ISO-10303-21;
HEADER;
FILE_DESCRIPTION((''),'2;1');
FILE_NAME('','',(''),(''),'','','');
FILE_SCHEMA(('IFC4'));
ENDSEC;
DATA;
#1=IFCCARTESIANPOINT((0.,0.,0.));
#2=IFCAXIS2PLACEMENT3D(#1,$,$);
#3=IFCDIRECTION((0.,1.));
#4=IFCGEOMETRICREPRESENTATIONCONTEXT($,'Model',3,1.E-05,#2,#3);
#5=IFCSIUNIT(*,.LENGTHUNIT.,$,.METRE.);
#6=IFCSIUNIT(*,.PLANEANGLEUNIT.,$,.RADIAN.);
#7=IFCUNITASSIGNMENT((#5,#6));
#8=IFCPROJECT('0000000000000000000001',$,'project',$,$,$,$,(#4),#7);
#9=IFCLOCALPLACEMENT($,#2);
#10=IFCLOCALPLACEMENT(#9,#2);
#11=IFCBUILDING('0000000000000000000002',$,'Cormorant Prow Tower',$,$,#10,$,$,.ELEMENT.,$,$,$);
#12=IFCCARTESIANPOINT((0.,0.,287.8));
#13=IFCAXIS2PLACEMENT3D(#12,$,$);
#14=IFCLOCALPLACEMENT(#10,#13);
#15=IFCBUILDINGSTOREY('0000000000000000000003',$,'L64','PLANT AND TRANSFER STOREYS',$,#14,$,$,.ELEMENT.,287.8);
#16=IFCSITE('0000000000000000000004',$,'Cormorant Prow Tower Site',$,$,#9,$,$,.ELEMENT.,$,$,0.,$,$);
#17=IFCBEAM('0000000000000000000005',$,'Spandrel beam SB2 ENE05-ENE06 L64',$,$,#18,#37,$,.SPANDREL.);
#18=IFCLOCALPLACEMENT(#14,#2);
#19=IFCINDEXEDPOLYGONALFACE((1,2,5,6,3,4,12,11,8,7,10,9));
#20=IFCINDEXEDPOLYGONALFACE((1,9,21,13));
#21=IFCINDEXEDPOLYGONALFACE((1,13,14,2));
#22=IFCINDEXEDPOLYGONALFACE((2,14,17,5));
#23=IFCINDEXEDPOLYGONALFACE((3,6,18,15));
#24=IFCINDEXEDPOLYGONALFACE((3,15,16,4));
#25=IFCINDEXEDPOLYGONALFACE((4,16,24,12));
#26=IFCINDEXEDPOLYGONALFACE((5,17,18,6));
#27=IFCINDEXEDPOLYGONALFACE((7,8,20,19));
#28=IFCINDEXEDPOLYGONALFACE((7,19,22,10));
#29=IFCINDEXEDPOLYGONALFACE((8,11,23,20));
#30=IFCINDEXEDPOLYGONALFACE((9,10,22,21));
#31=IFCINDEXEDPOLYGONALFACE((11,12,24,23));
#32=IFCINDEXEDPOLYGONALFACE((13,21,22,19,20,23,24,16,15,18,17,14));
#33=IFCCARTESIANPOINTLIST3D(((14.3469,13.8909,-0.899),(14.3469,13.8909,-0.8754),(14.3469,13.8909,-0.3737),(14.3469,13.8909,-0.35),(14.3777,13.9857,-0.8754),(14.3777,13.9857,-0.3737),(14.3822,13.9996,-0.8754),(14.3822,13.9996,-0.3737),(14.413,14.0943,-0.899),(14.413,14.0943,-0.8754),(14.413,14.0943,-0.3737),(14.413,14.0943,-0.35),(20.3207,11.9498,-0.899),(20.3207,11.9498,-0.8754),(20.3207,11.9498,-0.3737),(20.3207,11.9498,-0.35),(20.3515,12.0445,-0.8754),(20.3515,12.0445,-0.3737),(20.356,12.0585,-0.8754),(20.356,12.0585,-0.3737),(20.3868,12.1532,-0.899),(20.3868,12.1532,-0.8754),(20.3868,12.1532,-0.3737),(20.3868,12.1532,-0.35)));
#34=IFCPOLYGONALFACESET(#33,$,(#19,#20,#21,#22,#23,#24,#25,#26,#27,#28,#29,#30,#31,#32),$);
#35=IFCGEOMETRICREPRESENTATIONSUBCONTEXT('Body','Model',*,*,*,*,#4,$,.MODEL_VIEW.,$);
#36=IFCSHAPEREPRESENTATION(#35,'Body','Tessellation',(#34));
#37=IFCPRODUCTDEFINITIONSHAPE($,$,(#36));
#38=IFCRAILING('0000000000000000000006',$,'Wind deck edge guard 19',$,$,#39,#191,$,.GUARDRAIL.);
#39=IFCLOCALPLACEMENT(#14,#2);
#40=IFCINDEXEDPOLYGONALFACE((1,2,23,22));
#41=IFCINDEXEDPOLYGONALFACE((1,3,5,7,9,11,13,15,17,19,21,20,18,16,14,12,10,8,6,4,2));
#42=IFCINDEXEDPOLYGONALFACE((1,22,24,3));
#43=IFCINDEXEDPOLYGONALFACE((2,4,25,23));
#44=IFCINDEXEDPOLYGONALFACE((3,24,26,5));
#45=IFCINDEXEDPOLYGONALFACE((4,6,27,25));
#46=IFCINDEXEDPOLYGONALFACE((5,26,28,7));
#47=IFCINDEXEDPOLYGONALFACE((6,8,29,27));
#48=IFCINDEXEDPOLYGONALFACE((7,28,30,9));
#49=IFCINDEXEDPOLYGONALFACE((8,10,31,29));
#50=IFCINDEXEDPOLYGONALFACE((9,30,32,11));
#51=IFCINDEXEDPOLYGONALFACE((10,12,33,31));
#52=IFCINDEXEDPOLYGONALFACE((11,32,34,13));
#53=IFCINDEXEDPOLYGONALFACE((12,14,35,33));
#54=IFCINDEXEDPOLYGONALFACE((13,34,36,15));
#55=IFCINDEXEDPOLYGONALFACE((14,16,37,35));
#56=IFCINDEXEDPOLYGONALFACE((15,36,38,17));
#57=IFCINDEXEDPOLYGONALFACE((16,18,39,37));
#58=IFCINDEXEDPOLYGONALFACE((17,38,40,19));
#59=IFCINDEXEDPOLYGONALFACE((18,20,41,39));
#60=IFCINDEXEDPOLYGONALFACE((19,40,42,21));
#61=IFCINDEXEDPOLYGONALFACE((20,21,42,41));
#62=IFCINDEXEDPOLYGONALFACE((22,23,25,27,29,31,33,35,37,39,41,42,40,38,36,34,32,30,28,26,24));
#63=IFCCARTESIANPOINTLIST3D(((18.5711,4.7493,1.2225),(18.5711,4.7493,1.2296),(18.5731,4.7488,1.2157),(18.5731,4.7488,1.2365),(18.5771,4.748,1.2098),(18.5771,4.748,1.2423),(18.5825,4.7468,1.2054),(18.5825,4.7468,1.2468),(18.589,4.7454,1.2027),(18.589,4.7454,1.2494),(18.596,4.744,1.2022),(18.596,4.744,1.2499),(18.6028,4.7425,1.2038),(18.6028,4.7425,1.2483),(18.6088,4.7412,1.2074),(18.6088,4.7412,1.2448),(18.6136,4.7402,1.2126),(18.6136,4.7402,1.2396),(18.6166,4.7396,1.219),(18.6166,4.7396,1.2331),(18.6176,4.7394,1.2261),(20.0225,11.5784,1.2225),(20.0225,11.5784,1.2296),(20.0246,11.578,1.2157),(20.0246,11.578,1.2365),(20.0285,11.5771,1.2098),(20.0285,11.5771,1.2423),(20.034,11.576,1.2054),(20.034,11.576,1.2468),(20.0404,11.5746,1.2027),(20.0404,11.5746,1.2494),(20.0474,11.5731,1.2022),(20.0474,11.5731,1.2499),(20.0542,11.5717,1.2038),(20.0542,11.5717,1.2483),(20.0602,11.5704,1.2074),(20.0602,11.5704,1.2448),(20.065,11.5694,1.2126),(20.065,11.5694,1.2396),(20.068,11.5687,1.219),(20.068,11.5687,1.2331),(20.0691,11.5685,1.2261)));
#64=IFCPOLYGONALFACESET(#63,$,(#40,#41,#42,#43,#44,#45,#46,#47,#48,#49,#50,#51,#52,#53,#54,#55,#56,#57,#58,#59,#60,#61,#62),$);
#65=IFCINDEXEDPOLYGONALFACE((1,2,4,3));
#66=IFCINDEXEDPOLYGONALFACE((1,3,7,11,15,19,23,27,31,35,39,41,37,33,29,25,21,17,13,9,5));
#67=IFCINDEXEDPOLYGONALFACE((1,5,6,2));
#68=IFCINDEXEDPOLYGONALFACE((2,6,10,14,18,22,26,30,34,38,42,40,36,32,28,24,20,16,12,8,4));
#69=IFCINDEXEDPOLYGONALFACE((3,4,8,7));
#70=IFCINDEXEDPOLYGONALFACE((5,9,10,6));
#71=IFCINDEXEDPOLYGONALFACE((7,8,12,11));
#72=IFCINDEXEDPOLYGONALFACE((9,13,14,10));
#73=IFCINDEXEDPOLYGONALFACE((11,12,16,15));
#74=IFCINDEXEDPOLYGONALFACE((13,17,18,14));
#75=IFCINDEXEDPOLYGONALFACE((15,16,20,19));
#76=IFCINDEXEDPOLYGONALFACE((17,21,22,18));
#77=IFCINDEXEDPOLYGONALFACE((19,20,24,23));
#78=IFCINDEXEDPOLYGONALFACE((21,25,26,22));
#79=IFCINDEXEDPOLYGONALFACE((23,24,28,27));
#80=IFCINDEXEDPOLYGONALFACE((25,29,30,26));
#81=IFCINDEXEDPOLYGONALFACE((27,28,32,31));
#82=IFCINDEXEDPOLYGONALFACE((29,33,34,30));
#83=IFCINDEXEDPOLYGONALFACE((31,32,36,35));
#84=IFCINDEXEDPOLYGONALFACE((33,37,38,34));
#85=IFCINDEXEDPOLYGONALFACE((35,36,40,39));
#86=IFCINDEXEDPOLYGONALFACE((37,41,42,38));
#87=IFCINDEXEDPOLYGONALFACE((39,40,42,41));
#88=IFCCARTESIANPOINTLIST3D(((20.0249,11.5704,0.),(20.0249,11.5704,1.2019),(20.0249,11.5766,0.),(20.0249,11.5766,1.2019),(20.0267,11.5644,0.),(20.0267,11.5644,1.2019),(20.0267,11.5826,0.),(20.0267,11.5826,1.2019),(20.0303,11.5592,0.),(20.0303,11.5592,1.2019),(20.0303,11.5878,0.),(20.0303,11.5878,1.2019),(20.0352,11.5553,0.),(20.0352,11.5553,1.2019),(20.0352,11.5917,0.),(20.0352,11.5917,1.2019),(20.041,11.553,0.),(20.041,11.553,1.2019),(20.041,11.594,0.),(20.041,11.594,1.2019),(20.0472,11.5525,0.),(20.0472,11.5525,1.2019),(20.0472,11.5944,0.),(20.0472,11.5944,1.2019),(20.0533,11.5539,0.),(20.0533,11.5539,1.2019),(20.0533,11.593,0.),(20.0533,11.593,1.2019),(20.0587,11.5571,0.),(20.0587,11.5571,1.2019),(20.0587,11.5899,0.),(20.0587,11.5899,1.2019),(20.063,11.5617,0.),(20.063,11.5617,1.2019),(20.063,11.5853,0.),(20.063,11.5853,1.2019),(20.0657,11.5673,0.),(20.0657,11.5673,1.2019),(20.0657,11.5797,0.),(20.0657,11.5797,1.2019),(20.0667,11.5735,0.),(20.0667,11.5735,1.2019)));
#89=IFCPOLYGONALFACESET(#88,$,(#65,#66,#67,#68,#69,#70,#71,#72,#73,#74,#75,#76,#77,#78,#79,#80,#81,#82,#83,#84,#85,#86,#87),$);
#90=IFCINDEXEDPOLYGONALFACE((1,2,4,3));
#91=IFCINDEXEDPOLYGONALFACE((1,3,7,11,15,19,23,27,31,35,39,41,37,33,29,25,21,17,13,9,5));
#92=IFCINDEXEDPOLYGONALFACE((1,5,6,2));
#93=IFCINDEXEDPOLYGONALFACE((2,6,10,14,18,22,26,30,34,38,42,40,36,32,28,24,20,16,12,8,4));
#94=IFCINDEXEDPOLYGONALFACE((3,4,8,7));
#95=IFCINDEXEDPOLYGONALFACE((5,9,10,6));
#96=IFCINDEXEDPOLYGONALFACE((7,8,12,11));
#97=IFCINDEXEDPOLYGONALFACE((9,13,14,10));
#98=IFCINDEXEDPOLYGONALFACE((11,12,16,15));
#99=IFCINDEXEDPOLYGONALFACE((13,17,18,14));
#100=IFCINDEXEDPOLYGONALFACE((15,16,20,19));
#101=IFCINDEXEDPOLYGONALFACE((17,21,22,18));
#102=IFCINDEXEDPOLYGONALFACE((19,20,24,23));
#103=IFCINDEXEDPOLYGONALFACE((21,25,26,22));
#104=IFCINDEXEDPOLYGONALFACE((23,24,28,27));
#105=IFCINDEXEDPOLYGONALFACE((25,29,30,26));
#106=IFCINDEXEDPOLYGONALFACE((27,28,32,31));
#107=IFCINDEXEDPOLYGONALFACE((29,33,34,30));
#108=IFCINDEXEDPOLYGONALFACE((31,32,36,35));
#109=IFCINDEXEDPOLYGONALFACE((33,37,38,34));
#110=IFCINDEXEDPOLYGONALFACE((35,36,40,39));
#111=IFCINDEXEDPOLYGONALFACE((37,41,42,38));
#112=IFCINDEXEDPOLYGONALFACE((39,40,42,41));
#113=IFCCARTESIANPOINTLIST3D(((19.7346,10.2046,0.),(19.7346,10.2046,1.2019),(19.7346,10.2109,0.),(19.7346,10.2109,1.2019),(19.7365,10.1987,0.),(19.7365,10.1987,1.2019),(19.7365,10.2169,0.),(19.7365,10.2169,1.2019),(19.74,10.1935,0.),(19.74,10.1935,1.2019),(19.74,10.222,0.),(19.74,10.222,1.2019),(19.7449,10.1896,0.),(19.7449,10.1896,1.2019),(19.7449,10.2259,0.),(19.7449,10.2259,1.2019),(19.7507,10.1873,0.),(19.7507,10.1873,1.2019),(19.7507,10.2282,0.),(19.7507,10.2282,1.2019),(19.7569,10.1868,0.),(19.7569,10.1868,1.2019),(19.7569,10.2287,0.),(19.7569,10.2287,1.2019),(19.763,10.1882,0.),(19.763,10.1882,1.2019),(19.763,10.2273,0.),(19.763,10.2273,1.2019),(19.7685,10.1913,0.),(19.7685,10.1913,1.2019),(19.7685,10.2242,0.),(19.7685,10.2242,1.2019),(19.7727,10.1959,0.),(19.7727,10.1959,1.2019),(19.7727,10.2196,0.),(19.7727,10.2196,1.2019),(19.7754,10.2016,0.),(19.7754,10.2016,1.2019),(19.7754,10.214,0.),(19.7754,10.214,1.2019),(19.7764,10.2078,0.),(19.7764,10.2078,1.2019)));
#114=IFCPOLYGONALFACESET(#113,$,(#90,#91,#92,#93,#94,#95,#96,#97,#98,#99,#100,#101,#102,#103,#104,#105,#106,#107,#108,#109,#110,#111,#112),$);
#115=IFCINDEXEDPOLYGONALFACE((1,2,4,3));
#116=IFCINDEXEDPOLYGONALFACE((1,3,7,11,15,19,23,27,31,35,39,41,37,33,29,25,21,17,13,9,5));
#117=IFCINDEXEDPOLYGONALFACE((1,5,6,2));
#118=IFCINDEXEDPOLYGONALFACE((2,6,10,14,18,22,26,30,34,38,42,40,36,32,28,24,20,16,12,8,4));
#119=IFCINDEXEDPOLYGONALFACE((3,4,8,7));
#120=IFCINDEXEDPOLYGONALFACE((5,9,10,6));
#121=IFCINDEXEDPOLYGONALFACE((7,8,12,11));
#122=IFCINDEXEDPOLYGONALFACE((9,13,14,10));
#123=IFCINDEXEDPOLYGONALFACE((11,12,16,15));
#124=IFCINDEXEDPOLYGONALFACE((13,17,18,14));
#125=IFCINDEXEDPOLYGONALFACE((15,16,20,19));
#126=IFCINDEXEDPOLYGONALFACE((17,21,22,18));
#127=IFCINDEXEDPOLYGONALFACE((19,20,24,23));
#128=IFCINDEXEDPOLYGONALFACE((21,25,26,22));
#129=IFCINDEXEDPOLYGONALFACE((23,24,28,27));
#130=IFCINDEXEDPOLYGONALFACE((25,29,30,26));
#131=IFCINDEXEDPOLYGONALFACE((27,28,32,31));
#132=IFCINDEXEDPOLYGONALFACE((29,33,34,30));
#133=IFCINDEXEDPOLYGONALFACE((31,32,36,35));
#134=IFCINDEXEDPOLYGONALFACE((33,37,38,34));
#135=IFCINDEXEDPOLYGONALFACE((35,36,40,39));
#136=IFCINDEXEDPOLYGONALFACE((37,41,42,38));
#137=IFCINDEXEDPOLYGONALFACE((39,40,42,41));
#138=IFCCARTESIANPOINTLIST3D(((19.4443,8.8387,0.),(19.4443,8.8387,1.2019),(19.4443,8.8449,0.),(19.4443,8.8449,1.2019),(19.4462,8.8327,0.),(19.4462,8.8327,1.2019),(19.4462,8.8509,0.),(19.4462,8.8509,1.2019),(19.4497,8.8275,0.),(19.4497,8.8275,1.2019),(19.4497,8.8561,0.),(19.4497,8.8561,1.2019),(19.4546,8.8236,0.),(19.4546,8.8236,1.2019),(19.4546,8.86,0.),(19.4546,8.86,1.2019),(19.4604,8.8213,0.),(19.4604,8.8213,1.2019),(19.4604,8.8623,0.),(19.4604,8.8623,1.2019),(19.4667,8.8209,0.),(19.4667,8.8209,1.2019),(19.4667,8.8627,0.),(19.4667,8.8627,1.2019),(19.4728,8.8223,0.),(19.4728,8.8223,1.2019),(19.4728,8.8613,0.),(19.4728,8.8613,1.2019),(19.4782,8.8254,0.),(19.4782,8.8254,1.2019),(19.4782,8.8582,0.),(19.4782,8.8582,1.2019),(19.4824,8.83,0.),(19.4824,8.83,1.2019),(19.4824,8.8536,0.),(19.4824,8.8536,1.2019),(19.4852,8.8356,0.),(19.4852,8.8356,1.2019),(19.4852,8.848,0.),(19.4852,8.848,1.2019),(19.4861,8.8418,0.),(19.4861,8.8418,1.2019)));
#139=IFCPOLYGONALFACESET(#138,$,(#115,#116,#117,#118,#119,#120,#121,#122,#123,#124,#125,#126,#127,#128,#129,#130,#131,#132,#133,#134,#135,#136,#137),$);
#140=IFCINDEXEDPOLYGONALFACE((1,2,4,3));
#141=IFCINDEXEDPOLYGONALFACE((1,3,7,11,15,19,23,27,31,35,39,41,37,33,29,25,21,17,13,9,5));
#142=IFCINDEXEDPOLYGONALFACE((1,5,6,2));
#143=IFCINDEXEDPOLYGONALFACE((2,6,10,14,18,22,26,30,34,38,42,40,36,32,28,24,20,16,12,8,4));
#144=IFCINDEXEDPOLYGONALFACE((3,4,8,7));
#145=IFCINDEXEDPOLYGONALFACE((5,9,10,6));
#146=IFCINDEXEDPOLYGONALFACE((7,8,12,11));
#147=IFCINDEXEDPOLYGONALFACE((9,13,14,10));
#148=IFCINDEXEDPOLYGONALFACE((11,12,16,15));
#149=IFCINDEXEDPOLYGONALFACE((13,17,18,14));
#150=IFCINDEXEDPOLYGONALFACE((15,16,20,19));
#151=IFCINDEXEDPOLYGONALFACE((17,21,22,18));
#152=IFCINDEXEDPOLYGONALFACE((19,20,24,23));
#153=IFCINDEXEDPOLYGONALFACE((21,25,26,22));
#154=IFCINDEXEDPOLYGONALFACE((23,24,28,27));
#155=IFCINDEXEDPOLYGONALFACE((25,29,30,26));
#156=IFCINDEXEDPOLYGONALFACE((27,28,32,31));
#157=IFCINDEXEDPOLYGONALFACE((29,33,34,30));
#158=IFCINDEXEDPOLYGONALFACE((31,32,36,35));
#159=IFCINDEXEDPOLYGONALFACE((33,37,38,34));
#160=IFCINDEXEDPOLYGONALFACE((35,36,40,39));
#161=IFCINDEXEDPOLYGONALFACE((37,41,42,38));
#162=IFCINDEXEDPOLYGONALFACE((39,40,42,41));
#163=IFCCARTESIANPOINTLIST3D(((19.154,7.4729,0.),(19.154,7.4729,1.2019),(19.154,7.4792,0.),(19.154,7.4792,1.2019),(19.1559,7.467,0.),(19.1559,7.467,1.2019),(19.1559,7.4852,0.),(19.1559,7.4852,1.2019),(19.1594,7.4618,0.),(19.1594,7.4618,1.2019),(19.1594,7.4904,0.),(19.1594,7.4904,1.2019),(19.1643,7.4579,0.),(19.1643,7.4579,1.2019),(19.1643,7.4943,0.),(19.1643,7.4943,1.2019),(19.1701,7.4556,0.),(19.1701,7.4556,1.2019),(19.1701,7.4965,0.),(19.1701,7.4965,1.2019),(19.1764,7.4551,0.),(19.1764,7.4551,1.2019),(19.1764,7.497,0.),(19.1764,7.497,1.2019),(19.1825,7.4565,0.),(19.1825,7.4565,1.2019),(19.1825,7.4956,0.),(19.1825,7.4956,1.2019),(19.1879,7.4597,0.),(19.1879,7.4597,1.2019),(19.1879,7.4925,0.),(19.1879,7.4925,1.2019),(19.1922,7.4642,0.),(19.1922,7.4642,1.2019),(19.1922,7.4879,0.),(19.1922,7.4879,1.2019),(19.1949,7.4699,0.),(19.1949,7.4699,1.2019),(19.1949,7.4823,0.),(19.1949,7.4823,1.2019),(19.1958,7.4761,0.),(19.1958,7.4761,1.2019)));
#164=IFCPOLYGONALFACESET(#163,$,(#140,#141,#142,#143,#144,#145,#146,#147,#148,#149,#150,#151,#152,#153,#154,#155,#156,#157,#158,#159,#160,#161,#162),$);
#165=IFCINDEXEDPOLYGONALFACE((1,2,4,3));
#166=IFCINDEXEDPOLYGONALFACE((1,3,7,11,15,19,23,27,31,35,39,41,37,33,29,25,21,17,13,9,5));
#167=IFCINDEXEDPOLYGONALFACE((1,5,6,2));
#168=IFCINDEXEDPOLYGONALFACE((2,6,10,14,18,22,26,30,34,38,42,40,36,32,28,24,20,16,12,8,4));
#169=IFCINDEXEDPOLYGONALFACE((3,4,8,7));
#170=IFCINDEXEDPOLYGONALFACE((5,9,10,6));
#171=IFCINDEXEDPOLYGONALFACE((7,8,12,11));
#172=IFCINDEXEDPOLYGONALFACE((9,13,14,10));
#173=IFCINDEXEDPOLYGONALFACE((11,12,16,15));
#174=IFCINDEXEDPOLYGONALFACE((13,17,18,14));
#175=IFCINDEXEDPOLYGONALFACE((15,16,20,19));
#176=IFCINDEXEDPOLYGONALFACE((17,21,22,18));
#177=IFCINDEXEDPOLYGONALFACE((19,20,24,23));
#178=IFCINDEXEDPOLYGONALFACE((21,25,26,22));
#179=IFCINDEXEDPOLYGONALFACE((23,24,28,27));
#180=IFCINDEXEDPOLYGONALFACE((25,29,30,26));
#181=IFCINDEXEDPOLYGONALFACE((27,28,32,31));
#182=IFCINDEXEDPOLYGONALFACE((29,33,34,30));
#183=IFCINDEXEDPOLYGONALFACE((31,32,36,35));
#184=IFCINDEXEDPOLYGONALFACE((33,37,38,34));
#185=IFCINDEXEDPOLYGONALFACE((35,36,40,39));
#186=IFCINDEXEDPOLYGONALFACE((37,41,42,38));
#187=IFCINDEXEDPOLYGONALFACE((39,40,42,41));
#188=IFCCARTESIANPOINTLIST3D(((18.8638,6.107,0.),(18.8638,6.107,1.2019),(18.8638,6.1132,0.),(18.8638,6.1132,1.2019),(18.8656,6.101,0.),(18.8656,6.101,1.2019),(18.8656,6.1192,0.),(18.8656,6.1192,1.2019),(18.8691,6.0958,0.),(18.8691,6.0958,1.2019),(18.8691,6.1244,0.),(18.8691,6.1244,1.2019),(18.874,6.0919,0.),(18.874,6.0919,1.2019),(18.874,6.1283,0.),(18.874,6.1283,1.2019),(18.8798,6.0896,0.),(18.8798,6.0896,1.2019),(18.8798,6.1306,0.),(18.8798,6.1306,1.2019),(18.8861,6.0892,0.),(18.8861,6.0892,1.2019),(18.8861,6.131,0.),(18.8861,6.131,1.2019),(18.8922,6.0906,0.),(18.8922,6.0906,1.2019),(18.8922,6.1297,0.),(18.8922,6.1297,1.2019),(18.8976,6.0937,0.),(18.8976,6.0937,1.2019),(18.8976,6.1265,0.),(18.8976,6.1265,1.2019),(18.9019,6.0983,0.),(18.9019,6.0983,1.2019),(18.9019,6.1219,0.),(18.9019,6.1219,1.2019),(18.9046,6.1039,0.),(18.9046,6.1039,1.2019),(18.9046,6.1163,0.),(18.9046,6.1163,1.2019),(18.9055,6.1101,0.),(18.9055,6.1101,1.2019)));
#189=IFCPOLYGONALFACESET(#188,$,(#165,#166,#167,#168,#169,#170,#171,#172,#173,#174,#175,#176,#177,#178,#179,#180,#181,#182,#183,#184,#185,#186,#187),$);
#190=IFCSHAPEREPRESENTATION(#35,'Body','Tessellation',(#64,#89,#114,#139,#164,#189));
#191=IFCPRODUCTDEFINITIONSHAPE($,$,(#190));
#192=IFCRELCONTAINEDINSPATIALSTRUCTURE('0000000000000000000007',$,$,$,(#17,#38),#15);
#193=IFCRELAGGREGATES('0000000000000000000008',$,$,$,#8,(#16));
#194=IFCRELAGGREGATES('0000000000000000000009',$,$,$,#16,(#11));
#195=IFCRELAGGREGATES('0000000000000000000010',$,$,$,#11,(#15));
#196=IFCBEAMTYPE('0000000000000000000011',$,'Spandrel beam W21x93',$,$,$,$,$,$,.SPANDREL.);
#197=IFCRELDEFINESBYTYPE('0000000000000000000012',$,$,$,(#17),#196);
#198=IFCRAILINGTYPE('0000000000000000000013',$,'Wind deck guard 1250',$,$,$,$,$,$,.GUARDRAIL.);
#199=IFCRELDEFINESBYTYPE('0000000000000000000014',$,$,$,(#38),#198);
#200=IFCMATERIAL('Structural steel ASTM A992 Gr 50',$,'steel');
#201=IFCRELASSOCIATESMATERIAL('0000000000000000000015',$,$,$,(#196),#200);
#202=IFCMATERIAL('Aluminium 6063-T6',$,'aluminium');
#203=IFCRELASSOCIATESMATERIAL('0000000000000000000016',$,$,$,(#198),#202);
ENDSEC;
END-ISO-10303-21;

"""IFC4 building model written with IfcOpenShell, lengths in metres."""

from ifc_helpers import new_model, si_unit, direction, frame, origin, origin_2d, place, context, subcontext, project, spatial, circle, i_section, extrude, material, material_profile, profile_set, type_object, element, save


model = new_model("IFC4")

# Units and contexts
model_context = context("Model", 3, precision=1e-05, world=origin(), true_north=direction((0.0, 1.0)))
body_context = subcontext(model_context, "Body", "Model", "MODEL_VIEW")
ifc_project = project(units=[si_unit("LENGTHUNIT", "METRE"), si_unit("PLANEANGLEUNIT", "RADIAN")], contexts=[model_context])

# Site, building, storey
site_placement = place(None, origin())
site = spatial("IfcSite", under=ifc_project, at=site_placement, Name="Cormorant Prow Tower Site", CompositionType="ELEMENT", RefElevation=0.0)
building_placement = place(site_placement, origin())
building = spatial("IfcBuilding", under=site, at=building_placement, Name="Cormorant Prow Tower", CompositionType="ELEMENT")
storey_placement = place(building_placement, frame((0.0, 0.0, 287.8)))
storey = spatial("IfcBuildingStorey", under=building, at=storey_placement, Name="L64", Description="PLANT AND TRANSFER STOREYS", CompositionType="ELEMENT", Elevation=287.8)

# Beam
ifc_material_1 = material(Name="Structural steel ASTM A992 Gr 50", Category="steel")
ifc_material_profile_1 = material_profile(ifc_material_1, i_section(OverallWidth=0.2139, OverallDepth=0.5491, WebThickness=0.0146, FlangeThickness=0.0237, at=origin_2d()), Name="W21x93")
ifc_profile_set_1 = profile_set([ifc_material_profile_1], Name="Structural steel ASTM A992 Gr 50")
beam_type = type_object("IfcBeamType", Name="Spandrel beam W21x93", PredefinedType="SPANDREL", material=ifc_profile_set_1)
beam_placement = place(storey_placement, frame((20.3538, 12.0515, -0.6245), z_axis=(-0.95105, 0.309036, 0.0), x_axis=(-0.309036, -0.95105, 0.0)))
element("IfcBeam", 1, at=beam_placement, inside=storey, type_object=beam_type, Name="Spandrel beam SB2 ENE05-ENE06 L64", PredefinedType="SPANDREL", context=body_context, shape_type="SweptSolid", body=[
    extrude(i_section(OverallWidth=0.2139, OverallDepth=0.5491, WebThickness=0.0146, FlangeThickness=0.0237, at=origin_2d()), origin(), (0.0, 0.0, 1.0), 6.2812),
])

# Railing
ifc_material_2 = material(Name="Aluminium 6063-T6", Category="aluminium")
railing_type = type_object("IfcRailingType", Name="Wind deck guard 1250", PredefinedType="GUARDRAIL", material=ifc_material_2)
railing_placement = place(storey_placement, frame((20.0457, 11.5735, 0.0)))
element("IfcRailing", 2, at=railing_placement, inside=storey, type_object=railing_type, Name="Wind deck edge guard 19", PredefinedType="GUARDRAIL", context=body_context, shape_type="SweptSolid", body=[
    extrude(circle(Radius=0.0239, at=origin_2d()), frame((0.0, 0.0, 1.2261), z_axis=(-0.207891, -0.978152, 0.0), x_axis=(0.978152, -0.207891, 0.0)), (0.0, 0.0, 1.0), 6.9817),
    extrude(circle(Radius=0.021, at=origin_2d()), origin(), (0.0, 0.0, 1.0), 1.2019),
    extrude(circle(Radius=0.021, at=origin_2d()), frame((-0.2903, -1.3657, 0.0)), (0.0, 0.0, 1.0), 1.2019),
    extrude(circle(Radius=0.021, at=origin_2d()), frame((-0.5806, -2.7317, 0.0)), (0.0, 0.0, 1.0), 1.2019),
    extrude(circle(Radius=0.021, at=origin_2d()), frame((-0.8708, -4.0974, 0.0)), (0.0, 0.0, 1.0), 1.2019),
    extrude(circle(Radius=0.021, at=origin_2d()), frame((-1.1611, -5.4634, 0.0)), (0.0, 0.0, 1.0), 1.2019),
])

save(model, "model.ifc")
